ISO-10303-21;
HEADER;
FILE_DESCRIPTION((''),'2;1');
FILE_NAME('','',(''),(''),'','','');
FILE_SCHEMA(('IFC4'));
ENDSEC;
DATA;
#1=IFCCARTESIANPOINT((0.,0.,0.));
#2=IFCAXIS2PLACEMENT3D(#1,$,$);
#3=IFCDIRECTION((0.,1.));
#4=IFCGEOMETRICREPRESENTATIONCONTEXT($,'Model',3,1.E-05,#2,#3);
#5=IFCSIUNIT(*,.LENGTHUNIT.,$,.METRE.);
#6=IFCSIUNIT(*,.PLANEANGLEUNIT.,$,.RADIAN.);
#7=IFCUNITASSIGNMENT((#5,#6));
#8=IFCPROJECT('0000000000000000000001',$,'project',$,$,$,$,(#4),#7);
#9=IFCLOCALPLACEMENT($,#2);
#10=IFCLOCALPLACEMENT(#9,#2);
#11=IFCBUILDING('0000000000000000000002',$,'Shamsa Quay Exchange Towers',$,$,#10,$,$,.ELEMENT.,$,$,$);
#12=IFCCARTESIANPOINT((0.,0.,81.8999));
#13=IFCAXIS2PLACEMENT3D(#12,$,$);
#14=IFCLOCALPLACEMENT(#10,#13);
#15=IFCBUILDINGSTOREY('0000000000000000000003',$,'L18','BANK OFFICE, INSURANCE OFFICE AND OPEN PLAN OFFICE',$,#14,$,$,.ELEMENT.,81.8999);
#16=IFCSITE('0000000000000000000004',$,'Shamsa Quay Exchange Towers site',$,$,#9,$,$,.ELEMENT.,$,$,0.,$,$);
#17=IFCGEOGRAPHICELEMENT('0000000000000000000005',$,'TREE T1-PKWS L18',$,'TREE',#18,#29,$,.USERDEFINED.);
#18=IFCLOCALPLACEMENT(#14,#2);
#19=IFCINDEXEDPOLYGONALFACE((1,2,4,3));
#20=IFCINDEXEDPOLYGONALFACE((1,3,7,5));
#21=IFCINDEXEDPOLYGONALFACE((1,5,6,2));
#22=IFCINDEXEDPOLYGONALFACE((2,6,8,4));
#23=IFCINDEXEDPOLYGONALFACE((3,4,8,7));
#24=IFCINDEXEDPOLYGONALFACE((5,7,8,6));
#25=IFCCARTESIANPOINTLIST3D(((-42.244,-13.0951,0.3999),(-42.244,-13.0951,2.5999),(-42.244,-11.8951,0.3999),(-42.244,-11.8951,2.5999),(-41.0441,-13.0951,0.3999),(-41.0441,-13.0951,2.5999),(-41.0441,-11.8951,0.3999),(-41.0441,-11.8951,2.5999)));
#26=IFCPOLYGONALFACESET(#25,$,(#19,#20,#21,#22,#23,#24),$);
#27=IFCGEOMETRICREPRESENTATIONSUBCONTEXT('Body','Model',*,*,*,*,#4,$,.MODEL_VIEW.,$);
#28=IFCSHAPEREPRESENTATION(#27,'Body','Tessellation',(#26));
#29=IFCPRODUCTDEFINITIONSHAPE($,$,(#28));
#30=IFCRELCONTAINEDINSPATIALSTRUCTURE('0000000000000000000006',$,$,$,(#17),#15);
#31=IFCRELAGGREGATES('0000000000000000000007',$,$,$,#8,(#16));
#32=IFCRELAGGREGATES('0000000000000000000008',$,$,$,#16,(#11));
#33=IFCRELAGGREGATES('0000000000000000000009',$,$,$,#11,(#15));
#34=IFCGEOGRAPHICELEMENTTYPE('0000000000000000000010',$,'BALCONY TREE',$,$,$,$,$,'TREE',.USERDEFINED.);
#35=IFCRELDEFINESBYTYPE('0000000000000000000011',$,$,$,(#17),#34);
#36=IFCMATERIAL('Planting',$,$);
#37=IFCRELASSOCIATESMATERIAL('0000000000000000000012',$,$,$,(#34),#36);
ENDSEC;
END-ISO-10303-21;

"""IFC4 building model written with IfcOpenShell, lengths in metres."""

from ifc_helpers import new_model, si_unit, direction, frame, origin, origin_2d, place, context, subcontext, project, spatial, rectangle, extrude, material, type_object, element, save


model = new_model("IFC4")

# Units and contexts
model_context = context("Model", 3, precision=1e-05, world=origin(), true_north=direction((0.0, 1.0)))
body_context = subcontext(model_context, "Body", "Model", "MODEL_VIEW")
ifc_project = project(units=[si_unit("LENGTHUNIT", "METRE"), si_unit("PLANEANGLEUNIT", "RADIAN")], contexts=[model_context])

# Site, building, storey
site_placement = place(None, origin())
site = spatial("IfcSite", under=ifc_project, at=site_placement, Name="Shamsa Quay Exchange Towers site", CompositionType="ELEMENT", RefElevation=0.0)
building_placement = place(site_placement, origin())
building = spatial("IfcBuilding", under=site, at=building_placement, Name="Shamsa Quay Exchange Towers", CompositionType="ELEMENT")
storey_placement = place(building_placement, frame((0.0, 0.0, 81.8999)))
storey = spatial("IfcBuildingStorey", under=building, at=storey_placement, Name="L18", Description="BANK OFFICE, INSURANCE OFFICE AND OPEN PLAN OFFICE", CompositionType="ELEMENT", Elevation=81.8999)

# Geographic element
ifc_material_1 = material(Name="Planting")
geographic_element_type = type_object("IfcGeographicElementType", Name="BALCONY TREE", ElementType="TREE", PredefinedType="USERDEFINED", material=ifc_material_1)
geographic_element_placement = place(storey_placement, frame((-41.644, -12.4951, 0.3999)))
element("IfcGeographicElement", 1, at=geographic_element_placement, inside=storey, type_object=geographic_element_type, Name="TREE T1-PKWS L18", ObjectType="TREE", PredefinedType="USERDEFINED", context=body_context, shape_type="SweptSolid", body=[
    extrude(rectangle(XDim=1.2, YDim=1.2, at=origin_2d()), origin(), (0.0, 0.0, 1.0), 2.2),
])

save(model, "model.ifc")
